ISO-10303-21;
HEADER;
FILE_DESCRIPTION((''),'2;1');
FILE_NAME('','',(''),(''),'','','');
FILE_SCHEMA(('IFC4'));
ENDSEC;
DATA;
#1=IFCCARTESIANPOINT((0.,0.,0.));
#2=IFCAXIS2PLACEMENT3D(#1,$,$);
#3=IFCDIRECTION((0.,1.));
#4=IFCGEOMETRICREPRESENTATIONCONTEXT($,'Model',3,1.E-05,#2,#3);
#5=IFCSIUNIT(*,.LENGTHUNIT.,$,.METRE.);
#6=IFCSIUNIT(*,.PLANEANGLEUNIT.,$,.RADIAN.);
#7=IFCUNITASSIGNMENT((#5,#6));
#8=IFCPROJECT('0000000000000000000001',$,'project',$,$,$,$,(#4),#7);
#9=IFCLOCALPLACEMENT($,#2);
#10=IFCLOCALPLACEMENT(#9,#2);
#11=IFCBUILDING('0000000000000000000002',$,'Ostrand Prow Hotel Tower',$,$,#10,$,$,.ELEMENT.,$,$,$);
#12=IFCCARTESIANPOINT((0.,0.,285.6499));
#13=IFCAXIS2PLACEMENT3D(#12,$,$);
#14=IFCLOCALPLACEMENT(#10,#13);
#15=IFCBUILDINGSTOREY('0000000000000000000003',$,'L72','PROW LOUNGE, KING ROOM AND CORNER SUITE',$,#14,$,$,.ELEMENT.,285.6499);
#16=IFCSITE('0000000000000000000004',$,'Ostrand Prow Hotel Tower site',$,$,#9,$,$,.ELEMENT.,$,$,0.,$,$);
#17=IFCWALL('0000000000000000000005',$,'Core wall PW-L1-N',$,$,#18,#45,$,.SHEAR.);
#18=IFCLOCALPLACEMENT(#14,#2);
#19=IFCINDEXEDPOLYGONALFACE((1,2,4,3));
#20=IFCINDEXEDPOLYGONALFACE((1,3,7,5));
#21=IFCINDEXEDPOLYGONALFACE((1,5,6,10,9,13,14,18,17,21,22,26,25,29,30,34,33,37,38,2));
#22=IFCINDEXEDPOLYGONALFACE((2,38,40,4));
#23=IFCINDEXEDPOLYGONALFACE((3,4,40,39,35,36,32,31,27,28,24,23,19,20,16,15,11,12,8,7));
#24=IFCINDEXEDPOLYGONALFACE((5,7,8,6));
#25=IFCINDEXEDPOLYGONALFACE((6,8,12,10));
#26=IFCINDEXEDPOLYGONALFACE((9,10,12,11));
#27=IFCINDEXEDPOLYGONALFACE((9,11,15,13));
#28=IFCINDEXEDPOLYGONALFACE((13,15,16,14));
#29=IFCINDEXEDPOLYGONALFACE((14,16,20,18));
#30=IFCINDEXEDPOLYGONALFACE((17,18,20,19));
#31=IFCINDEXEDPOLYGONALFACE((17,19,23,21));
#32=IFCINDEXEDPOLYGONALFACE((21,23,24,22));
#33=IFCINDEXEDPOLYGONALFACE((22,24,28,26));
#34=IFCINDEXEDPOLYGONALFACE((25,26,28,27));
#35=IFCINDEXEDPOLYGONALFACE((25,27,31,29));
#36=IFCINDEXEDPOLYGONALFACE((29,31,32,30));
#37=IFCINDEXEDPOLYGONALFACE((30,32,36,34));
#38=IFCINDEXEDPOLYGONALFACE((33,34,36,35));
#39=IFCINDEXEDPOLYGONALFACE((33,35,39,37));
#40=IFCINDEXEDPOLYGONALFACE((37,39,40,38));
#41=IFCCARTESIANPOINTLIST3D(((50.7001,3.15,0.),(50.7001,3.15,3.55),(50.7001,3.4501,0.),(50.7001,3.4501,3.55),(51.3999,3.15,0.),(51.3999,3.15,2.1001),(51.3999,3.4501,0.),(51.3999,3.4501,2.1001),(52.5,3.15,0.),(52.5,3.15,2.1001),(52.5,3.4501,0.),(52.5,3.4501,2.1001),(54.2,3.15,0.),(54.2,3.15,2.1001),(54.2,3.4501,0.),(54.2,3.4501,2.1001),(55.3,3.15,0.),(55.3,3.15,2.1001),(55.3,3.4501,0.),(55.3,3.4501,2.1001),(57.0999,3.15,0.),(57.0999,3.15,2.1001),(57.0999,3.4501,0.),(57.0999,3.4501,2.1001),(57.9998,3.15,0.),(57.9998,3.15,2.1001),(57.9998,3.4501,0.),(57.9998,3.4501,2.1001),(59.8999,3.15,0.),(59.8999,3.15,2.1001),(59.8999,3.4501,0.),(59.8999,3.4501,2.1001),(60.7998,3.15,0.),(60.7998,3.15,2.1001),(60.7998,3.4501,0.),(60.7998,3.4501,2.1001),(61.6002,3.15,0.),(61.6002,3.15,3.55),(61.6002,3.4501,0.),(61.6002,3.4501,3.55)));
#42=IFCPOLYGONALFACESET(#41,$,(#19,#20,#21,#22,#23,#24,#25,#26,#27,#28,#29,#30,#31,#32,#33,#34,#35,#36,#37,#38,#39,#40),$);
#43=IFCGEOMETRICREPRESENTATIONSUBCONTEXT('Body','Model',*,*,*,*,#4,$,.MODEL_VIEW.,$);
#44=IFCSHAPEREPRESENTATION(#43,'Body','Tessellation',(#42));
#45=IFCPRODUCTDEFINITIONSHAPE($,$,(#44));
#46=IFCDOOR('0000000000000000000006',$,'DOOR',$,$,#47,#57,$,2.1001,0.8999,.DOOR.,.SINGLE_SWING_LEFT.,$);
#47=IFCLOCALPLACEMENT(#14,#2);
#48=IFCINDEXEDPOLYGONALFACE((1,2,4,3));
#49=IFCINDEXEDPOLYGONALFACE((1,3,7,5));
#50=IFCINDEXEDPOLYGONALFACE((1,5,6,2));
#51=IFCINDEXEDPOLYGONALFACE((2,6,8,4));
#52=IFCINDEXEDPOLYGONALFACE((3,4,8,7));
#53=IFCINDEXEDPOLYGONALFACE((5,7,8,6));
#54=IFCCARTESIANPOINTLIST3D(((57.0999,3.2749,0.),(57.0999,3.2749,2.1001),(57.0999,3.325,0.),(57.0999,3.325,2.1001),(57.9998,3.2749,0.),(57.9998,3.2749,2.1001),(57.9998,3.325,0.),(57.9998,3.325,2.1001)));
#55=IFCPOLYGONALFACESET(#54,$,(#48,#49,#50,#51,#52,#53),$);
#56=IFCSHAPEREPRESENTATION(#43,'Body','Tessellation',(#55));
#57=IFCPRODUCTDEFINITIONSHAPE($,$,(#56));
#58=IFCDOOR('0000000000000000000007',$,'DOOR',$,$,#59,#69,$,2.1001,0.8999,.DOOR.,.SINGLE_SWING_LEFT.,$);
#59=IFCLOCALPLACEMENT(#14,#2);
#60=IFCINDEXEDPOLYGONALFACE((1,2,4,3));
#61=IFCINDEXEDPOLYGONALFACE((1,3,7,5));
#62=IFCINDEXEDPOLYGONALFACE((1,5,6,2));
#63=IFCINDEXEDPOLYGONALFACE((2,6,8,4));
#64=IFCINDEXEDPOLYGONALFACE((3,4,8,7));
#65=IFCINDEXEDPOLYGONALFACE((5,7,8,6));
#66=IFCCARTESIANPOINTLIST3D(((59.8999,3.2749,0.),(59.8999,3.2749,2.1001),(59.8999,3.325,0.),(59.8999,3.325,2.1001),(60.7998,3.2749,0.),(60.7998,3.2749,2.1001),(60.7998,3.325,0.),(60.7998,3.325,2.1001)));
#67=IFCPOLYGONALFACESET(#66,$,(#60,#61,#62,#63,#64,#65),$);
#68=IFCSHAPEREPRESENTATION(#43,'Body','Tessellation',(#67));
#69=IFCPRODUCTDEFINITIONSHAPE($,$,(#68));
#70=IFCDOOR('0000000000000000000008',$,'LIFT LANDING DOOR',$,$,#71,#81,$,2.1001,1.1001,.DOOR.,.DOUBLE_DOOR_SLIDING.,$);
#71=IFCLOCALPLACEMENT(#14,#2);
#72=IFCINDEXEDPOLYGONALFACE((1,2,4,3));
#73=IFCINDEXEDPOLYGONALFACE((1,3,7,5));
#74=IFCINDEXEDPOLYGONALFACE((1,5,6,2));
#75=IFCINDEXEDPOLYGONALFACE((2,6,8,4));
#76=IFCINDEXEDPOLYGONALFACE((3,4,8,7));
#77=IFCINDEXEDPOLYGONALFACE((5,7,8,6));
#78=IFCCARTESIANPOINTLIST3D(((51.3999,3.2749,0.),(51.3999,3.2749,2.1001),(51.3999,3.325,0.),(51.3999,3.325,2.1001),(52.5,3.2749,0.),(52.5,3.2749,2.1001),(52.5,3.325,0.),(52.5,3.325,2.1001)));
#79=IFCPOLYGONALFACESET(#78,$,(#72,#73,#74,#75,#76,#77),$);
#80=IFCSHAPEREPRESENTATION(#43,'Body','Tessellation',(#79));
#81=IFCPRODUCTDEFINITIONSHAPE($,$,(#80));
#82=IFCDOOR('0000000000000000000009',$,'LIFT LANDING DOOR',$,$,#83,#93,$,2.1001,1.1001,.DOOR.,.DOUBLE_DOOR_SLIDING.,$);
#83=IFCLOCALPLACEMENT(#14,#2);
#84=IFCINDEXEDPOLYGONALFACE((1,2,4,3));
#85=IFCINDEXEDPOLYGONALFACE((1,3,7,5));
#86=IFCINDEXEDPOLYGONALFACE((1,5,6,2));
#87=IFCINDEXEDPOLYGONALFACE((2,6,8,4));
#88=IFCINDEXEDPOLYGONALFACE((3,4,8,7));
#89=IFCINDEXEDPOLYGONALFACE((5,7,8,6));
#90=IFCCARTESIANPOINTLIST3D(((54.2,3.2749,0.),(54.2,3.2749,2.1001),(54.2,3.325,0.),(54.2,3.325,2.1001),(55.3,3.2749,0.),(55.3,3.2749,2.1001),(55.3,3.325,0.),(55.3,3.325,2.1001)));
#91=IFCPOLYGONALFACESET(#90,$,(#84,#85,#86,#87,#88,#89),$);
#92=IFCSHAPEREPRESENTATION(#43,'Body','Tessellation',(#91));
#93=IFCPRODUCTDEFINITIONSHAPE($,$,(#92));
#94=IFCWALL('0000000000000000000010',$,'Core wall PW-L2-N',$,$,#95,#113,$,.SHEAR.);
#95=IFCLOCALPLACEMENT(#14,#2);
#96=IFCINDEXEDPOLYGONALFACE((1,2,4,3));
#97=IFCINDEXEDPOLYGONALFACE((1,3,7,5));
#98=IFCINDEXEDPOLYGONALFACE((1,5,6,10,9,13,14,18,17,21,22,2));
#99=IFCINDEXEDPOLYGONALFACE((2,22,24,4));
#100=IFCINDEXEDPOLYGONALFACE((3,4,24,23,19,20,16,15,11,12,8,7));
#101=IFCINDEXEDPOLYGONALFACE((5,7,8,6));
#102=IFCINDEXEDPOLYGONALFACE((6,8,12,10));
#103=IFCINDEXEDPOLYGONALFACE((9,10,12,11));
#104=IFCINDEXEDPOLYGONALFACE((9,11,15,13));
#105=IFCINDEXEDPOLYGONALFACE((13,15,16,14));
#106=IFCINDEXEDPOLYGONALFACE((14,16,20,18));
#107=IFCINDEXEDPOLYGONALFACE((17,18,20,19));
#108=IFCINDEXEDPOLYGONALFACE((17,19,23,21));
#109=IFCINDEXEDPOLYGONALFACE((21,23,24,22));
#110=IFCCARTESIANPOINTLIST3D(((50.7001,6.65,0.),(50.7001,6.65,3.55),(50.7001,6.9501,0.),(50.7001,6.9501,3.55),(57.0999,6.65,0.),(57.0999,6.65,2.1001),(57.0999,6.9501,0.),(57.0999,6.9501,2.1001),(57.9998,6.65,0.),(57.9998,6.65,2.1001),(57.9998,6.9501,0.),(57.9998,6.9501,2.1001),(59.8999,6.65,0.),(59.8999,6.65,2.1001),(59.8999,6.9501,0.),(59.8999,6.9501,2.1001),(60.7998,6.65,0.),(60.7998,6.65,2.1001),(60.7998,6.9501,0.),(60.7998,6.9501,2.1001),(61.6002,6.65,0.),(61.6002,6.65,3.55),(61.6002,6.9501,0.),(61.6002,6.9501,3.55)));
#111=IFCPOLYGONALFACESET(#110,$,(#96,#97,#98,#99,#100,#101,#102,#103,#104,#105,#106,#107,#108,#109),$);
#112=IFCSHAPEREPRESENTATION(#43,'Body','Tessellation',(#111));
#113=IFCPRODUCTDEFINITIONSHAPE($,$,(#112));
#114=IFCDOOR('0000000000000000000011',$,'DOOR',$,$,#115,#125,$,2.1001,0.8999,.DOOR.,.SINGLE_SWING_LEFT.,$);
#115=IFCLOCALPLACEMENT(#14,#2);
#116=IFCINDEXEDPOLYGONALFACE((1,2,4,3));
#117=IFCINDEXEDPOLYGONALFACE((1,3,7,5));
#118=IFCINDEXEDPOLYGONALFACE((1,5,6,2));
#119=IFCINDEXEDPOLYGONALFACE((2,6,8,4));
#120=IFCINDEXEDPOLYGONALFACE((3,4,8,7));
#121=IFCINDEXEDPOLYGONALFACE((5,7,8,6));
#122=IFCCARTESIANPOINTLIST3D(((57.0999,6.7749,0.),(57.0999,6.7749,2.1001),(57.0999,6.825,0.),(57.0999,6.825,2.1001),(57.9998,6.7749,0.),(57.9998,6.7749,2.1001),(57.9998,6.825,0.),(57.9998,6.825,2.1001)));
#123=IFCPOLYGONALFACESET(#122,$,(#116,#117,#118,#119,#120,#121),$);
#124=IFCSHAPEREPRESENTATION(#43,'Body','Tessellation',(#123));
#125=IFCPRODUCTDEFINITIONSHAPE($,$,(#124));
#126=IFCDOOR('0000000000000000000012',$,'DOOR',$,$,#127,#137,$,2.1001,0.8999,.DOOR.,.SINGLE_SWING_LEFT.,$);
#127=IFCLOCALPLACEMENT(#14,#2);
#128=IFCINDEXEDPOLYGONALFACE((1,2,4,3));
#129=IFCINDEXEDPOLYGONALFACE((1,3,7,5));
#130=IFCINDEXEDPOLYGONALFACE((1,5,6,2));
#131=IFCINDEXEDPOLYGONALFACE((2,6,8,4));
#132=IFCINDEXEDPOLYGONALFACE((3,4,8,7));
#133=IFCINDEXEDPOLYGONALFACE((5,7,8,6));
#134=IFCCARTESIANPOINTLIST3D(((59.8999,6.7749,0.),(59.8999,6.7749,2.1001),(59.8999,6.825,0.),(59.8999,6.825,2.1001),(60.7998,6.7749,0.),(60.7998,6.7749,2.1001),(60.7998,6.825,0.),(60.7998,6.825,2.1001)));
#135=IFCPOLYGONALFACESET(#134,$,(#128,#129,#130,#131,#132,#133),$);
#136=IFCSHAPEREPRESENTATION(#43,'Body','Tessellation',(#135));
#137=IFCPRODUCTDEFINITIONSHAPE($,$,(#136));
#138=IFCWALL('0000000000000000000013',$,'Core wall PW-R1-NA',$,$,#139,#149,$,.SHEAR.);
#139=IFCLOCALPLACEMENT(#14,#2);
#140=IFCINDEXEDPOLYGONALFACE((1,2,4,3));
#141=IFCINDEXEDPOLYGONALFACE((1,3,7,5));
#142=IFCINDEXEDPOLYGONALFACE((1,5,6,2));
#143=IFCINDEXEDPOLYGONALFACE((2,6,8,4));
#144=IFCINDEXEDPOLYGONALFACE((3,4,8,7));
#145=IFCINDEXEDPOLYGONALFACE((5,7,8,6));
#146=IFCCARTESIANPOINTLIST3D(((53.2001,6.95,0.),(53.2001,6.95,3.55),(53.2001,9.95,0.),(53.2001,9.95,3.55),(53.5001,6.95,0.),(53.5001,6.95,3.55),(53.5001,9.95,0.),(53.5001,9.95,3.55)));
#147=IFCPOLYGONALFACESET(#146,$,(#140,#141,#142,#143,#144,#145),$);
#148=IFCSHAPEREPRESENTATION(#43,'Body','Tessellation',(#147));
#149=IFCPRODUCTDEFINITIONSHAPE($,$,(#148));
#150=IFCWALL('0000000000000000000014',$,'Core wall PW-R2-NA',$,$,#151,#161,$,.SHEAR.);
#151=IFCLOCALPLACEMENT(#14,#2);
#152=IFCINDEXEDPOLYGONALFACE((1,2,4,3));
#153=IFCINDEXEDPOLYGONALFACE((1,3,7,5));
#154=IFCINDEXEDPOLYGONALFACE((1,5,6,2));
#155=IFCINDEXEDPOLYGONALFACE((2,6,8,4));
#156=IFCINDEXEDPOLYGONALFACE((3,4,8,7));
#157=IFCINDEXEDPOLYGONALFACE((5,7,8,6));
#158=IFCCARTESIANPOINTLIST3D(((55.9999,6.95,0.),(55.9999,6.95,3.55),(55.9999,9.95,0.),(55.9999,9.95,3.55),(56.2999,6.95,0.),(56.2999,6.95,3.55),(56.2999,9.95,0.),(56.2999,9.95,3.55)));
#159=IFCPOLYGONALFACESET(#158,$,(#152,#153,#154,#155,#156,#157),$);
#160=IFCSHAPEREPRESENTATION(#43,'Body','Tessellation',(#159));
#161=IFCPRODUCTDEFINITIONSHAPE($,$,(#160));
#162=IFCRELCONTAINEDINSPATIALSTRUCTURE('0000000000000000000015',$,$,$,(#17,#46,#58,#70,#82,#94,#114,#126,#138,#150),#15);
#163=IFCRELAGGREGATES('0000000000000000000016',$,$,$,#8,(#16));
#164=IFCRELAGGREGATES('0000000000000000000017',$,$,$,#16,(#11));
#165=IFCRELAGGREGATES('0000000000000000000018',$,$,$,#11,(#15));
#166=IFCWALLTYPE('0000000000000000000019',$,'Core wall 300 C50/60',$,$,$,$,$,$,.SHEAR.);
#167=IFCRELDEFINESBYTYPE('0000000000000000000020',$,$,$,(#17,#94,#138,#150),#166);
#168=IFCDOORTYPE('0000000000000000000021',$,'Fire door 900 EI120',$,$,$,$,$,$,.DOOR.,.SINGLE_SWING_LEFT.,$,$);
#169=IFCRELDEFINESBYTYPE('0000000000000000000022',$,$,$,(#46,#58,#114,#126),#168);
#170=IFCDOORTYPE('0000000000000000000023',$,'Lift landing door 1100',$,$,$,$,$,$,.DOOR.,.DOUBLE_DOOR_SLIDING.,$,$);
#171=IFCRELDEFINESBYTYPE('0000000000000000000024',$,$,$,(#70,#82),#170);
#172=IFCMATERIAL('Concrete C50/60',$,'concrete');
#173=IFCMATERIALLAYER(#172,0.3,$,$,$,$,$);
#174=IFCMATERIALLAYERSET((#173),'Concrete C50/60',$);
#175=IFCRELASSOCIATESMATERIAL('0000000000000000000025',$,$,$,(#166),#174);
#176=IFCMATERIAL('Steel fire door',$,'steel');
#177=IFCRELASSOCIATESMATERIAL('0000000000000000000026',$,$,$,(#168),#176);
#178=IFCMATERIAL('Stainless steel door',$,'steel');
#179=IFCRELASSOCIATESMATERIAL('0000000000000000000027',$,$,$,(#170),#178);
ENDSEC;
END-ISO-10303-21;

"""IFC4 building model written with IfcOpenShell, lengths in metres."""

from ifc_helpers import new_model, si_unit, direction, frame, frame_2d, origin, place, context, subcontext, project, spatial, rectangle, extrude, material, layer, layer_set, type_object, element, fill, save


model = new_model("IFC4")

# Units and contexts
model_context = context("Model", 3, precision=1e-05, world=origin(), true_north=direction((0.0, 1.0)))
body_context = subcontext(model_context, "Body", "Model", "MODEL_VIEW")
ifc_project = project(units=[si_unit("LENGTHUNIT", "METRE"), si_unit("PLANEANGLEUNIT", "RADIAN")], contexts=[model_context])

# Site, building, storey
site_placement = place(None, origin())
site = spatial("IfcSite", under=ifc_project, at=site_placement, Name="Ostrand Prow Hotel Tower site", CompositionType="ELEMENT", RefElevation=0.0)
building_placement = place(site_placement, origin())
building = spatial("IfcBuilding", under=site, at=building_placement, Name="Ostrand Prow Hotel Tower", CompositionType="ELEMENT")
storey_placement = place(building_placement, frame((0.0, 0.0, 285.6499)))
storey = spatial("IfcBuildingStorey", under=building, at=storey_placement, Name="L72", Description="PROW LOUNGE, KING ROOM AND CORNER SUITE", CompositionType="ELEMENT", Elevation=285.6499)

# Walls, openings, doors
ifc_material_1 = material(Name="Concrete C50/60", Category="concrete")
ifc_layer_1 = layer(ifc_material_1, 0.3)
ifc_layer_set_1 = layer_set([ifc_layer_1], Name="Concrete C50/60")
wall_type_1 = type_object("IfcWallType", Name="Core wall 300 C50/60", PredefinedType="SHEAR", material=ifc_layer_set_1)
wall_1_placement = place(storey_placement, frame((50.7, 3.3, 0.0), z_axis=(0.0, 0.0, 1.0), x_axis=(1.0, 0.0, 0.0)))
wall_1 = element("IfcWall", 1, at=wall_1_placement, inside=storey, type_object=wall_type_1, Name="Core wall PW-L1-N", PredefinedType="SHEAR", context=body_context, shape_type="SweptSolid", body=[
    extrude(rectangle(XDim=10.9001, YDim=0.3, at=frame_2d((5.4502, 0.0))), origin(), (0.0, 0.0, 1.0), 3.55),
])
opening_1_placement = place(wall_1_placement, frame((0.7, 0.0, 0.0)))
opening_1 = element("IfcOpeningElement", 2, at=opening_1_placement, cuts=wall_1, PredefinedType="OPENING", context=body_context, shape_type="SweptSolid", body=[
    extrude(rectangle(XDim=1.1001, YDim=2.1001, at=frame_2d((0.55, 1.05))), frame((0.0, 0.1599, 0.0), z_axis=(0.0, -1.0, 0.0), x_axis=(1.0, 0.0, 0.0)), (0.0, 0.0, 1.0), 0.3201),
])
opening_2_placement = place(wall_1_placement, frame((3.5, 0.0, 0.0)))
opening_2 = element("IfcOpeningElement", 3, at=opening_2_placement, cuts=wall_1, PredefinedType="OPENING", context=body_context, shape_type="SweptSolid", body=[
    extrude(rectangle(XDim=1.1001, YDim=2.1001, at=frame_2d((0.55, 1.05))), frame((0.0, 0.1599, 0.0), z_axis=(0.0, -1.0, 0.0), x_axis=(1.0, 0.0, 0.0)), (0.0, 0.0, 1.0), 0.3201),
])
opening_3_placement = place(wall_1_placement, frame((6.3999, 0.0, 0.0)))
opening_3 = element("IfcOpeningElement", 4, at=opening_3_placement, cuts=wall_1, PredefinedType="OPENING", context=body_context, shape_type="SweptSolid", body=[
    extrude(rectangle(XDim=0.8999, YDim=2.1001, at=frame_2d((0.45, 1.05))), frame((0.0, 0.1599, 0.0), z_axis=(0.0, -1.0, 0.0), x_axis=(1.0, 0.0, 0.0)), (0.0, 0.0, 1.0), 0.3201),
])
opening_4_placement = place(wall_1_placement, frame((9.2, 0.0, 0.0)))
opening_4 = element("IfcOpeningElement", 5, at=opening_4_placement, cuts=wall_1, PredefinedType="OPENING", context=body_context, shape_type="SweptSolid", body=[
    extrude(rectangle(XDim=0.8999, YDim=2.1001, at=frame_2d((0.45, 1.05))), frame((0.0, 0.1599, 0.0), z_axis=(0.0, -1.0, 0.0), x_axis=(1.0, 0.0, 0.0)), (0.0, 0.0, 1.0), 0.3201),
])
ifc_material_2 = material(Name="Steel fire door", Category="steel")
door_type_1 = type_object("IfcDoorType", Name="Fire door 900 EI120", OperationType="SINGLE_SWING_LEFT", PredefinedType="DOOR", material=ifc_material_2)
door_1_placement = place(opening_3_placement, origin())
door_1 = element("IfcDoor", 6, at=door_1_placement, inside=storey, type_object=door_type_1, Name="DOOR", OperationType="SINGLE_SWING_LEFT", OverallHeight=2.1001, OverallWidth=0.8999, PredefinedType="DOOR", context=body_context, shape_type="SweptSolid", body=[
    extrude(rectangle(XDim=0.8999, YDim=2.1001, at=frame_2d((0.45, 1.05))), frame((0.0, 0.0249, 0.0), z_axis=(0.0, -1.0, 0.0), x_axis=(1.0, 0.0, 0.0)), (0.0, 0.0, 1.0), 0.05),
])
fill(opening_3, door_1)
door_2_placement = place(opening_4_placement, origin())
door_2 = element("IfcDoor", 7, at=door_2_placement, inside=storey, type_object=door_type_1, Name="DOOR", OperationType="SINGLE_SWING_LEFT", OverallHeight=2.1001, OverallWidth=0.8999, PredefinedType="DOOR", context=body_context, shape_type="SweptSolid", body=[
    extrude(rectangle(XDim=0.8999, YDim=2.1001, at=frame_2d((0.45, 1.05))), frame((0.0, 0.0249, 0.0), z_axis=(0.0, -1.0, 0.0), x_axis=(1.0, 0.0, 0.0)), (0.0, 0.0, 1.0), 0.05),
])
fill(opening_4, door_2)
ifc_material_3 = material(Name="Stainless steel door", Category="steel")
door_type_2 = type_object("IfcDoorType", Name="Lift landing door 1100", OperationType="DOUBLE_DOOR_SLIDING", PredefinedType="DOOR", material=ifc_material_3)
door_3_placement = place(opening_1_placement, origin())
door_3 = element("IfcDoor", 8, at=door_3_placement, inside=storey, type_object=door_type_2, Name="LIFT LANDING DOOR", OperationType="DOUBLE_DOOR_SLIDING", OverallHeight=2.1001, OverallWidth=1.1001, PredefinedType="DOOR", context=body_context, shape_type="SweptSolid", body=[
    extrude(rectangle(XDim=1.1001, YDim=2.1001, at=frame_2d((0.55, 1.05))), frame((0.0, 0.0249, 0.0), z_axis=(0.0, -1.0, 0.0), x_axis=(1.0, 0.0, 0.0)), (0.0, 0.0, 1.0), 0.05),
])
fill(opening_1, door_3)
door_4_placement = place(opening_2_placement, origin())
door_4 = element("IfcDoor", 9, at=door_4_placement, inside=storey, type_object=door_type_2, Name="LIFT LANDING DOOR", OperationType="DOUBLE_DOOR_SLIDING", OverallHeight=2.1001, OverallWidth=1.1001, PredefinedType="DOOR", context=body_context, shape_type="SweptSolid", body=[
    extrude(rectangle(XDim=1.1001, YDim=2.1001, at=frame_2d((0.55, 1.05))), frame((0.0, 0.0249, 0.0), z_axis=(0.0, -1.0, 0.0), x_axis=(1.0, 0.0, 0.0)), (0.0, 0.0, 1.0), 0.05),
])
fill(opening_2, door_4)
wall_2_placement = place(storey_placement, frame((50.7, 6.8, 0.0), z_axis=(0.0, 0.0, 1.0), x_axis=(1.0, 0.0, 0.0)))
wall_2 = element("IfcWall", 10, at=wall_2_placement, inside=storey, type_object=wall_type_1, Name="Core wall PW-L2-N", PredefinedType="SHEAR", context=body_context, shape_type="SweptSolid", body=[
    extrude(rectangle(XDim=10.9001, YDim=0.3, at=frame_2d((5.4502, 0.0))), origin(), (0.0, 0.0, 1.0), 3.55),
])
opening_5_placement = place(wall_2_placement, frame((6.3999, 0.0, 0.0)))
opening_5 = element("IfcOpeningElement", 11, at=opening_5_placement, cuts=wall_2, PredefinedType="OPENING", context=body_context, shape_type="SweptSolid", body=[
    extrude(rectangle(XDim=0.8999, YDim=2.1001, at=frame_2d((0.45, 1.05))), frame((0.0, 0.1599, 0.0), z_axis=(0.0, -1.0, 0.0), x_axis=(1.0, 0.0, 0.0)), (0.0, 0.0, 1.0), 0.3201),
])
opening_6_placement = place(wall_2_placement, frame((9.2, 0.0, 0.0)))
opening_6 = element("IfcOpeningElement", 12, at=opening_6_placement, cuts=wall_2, PredefinedType="OPENING", context=body_context, shape_type="SweptSolid", body=[
    extrude(rectangle(XDim=0.8999, YDim=2.1001, at=frame_2d((0.45, 1.05))), frame((0.0, 0.1599, 0.0), z_axis=(0.0, -1.0, 0.0), x_axis=(1.0, 0.0, 0.0)), (0.0, 0.0, 1.0), 0.3201),
])
door_5_placement = place(opening_5_placement, origin())
door_5 = element("IfcDoor", 13, at=door_5_placement, inside=storey, type_object=door_type_1, Name="DOOR", OperationType="SINGLE_SWING_LEFT", OverallHeight=2.1001, OverallWidth=0.8999, PredefinedType="DOOR", context=body_context, shape_type="SweptSolid", body=[
    extrude(rectangle(XDim=0.8999, YDim=2.1001, at=frame_2d((0.45, 1.05))), frame((0.0, 0.0249, 0.0), z_axis=(0.0, -1.0, 0.0), x_axis=(1.0, 0.0, 0.0)), (0.0, 0.0, 1.0), 0.05),
])
fill(opening_5, door_5)
door_6_placement = place(opening_6_placement, origin())
door_6 = element("IfcDoor", 14, at=door_6_placement, inside=storey, type_object=door_type_1, Name="DOOR", OperationType="SINGLE_SWING_LEFT", OverallHeight=2.1001, OverallWidth=0.8999, PredefinedType="DOOR", context=body_context, shape_type="SweptSolid", body=[
    extrude(rectangle(XDim=0.8999, YDim=2.1001, at=frame_2d((0.45, 1.05))), frame((0.0, 0.0249, 0.0), z_axis=(0.0, -1.0, 0.0), x_axis=(1.0, 0.0, 0.0)), (0.0, 0.0, 1.0), 0.05),
])
fill(opening_6, door_6)

# Walls
for number, where, z_axis, x_axis, name in (
    (15, (53.3501, 6.95, 0.0), (0.0, 0.0, 1.0), (0.0, 1.0, 0.0), "Core wall PW-R1-NA"),
    (16, (56.1499, 6.95, 0.0), (0.0, 0.0, 1.0), (0.0, 1.0, 0.0), "Core wall PW-R2-NA"),
):
    element("IfcWall", number, at=place(storey_placement, frame(where, z_axis=z_axis, x_axis=x_axis)), inside=storey, type_object=wall_type_1, Name=name, PredefinedType="SHEAR", context=body_context, shape_type="SweptSolid", body=[
        extrude(rectangle(XDim=3.0, YDim=0.3, at=frame_2d((1.5, 0.0))), origin(), (0.0, 0.0, 1.0), 3.55),
    ])

save(model, "model.ifc")
